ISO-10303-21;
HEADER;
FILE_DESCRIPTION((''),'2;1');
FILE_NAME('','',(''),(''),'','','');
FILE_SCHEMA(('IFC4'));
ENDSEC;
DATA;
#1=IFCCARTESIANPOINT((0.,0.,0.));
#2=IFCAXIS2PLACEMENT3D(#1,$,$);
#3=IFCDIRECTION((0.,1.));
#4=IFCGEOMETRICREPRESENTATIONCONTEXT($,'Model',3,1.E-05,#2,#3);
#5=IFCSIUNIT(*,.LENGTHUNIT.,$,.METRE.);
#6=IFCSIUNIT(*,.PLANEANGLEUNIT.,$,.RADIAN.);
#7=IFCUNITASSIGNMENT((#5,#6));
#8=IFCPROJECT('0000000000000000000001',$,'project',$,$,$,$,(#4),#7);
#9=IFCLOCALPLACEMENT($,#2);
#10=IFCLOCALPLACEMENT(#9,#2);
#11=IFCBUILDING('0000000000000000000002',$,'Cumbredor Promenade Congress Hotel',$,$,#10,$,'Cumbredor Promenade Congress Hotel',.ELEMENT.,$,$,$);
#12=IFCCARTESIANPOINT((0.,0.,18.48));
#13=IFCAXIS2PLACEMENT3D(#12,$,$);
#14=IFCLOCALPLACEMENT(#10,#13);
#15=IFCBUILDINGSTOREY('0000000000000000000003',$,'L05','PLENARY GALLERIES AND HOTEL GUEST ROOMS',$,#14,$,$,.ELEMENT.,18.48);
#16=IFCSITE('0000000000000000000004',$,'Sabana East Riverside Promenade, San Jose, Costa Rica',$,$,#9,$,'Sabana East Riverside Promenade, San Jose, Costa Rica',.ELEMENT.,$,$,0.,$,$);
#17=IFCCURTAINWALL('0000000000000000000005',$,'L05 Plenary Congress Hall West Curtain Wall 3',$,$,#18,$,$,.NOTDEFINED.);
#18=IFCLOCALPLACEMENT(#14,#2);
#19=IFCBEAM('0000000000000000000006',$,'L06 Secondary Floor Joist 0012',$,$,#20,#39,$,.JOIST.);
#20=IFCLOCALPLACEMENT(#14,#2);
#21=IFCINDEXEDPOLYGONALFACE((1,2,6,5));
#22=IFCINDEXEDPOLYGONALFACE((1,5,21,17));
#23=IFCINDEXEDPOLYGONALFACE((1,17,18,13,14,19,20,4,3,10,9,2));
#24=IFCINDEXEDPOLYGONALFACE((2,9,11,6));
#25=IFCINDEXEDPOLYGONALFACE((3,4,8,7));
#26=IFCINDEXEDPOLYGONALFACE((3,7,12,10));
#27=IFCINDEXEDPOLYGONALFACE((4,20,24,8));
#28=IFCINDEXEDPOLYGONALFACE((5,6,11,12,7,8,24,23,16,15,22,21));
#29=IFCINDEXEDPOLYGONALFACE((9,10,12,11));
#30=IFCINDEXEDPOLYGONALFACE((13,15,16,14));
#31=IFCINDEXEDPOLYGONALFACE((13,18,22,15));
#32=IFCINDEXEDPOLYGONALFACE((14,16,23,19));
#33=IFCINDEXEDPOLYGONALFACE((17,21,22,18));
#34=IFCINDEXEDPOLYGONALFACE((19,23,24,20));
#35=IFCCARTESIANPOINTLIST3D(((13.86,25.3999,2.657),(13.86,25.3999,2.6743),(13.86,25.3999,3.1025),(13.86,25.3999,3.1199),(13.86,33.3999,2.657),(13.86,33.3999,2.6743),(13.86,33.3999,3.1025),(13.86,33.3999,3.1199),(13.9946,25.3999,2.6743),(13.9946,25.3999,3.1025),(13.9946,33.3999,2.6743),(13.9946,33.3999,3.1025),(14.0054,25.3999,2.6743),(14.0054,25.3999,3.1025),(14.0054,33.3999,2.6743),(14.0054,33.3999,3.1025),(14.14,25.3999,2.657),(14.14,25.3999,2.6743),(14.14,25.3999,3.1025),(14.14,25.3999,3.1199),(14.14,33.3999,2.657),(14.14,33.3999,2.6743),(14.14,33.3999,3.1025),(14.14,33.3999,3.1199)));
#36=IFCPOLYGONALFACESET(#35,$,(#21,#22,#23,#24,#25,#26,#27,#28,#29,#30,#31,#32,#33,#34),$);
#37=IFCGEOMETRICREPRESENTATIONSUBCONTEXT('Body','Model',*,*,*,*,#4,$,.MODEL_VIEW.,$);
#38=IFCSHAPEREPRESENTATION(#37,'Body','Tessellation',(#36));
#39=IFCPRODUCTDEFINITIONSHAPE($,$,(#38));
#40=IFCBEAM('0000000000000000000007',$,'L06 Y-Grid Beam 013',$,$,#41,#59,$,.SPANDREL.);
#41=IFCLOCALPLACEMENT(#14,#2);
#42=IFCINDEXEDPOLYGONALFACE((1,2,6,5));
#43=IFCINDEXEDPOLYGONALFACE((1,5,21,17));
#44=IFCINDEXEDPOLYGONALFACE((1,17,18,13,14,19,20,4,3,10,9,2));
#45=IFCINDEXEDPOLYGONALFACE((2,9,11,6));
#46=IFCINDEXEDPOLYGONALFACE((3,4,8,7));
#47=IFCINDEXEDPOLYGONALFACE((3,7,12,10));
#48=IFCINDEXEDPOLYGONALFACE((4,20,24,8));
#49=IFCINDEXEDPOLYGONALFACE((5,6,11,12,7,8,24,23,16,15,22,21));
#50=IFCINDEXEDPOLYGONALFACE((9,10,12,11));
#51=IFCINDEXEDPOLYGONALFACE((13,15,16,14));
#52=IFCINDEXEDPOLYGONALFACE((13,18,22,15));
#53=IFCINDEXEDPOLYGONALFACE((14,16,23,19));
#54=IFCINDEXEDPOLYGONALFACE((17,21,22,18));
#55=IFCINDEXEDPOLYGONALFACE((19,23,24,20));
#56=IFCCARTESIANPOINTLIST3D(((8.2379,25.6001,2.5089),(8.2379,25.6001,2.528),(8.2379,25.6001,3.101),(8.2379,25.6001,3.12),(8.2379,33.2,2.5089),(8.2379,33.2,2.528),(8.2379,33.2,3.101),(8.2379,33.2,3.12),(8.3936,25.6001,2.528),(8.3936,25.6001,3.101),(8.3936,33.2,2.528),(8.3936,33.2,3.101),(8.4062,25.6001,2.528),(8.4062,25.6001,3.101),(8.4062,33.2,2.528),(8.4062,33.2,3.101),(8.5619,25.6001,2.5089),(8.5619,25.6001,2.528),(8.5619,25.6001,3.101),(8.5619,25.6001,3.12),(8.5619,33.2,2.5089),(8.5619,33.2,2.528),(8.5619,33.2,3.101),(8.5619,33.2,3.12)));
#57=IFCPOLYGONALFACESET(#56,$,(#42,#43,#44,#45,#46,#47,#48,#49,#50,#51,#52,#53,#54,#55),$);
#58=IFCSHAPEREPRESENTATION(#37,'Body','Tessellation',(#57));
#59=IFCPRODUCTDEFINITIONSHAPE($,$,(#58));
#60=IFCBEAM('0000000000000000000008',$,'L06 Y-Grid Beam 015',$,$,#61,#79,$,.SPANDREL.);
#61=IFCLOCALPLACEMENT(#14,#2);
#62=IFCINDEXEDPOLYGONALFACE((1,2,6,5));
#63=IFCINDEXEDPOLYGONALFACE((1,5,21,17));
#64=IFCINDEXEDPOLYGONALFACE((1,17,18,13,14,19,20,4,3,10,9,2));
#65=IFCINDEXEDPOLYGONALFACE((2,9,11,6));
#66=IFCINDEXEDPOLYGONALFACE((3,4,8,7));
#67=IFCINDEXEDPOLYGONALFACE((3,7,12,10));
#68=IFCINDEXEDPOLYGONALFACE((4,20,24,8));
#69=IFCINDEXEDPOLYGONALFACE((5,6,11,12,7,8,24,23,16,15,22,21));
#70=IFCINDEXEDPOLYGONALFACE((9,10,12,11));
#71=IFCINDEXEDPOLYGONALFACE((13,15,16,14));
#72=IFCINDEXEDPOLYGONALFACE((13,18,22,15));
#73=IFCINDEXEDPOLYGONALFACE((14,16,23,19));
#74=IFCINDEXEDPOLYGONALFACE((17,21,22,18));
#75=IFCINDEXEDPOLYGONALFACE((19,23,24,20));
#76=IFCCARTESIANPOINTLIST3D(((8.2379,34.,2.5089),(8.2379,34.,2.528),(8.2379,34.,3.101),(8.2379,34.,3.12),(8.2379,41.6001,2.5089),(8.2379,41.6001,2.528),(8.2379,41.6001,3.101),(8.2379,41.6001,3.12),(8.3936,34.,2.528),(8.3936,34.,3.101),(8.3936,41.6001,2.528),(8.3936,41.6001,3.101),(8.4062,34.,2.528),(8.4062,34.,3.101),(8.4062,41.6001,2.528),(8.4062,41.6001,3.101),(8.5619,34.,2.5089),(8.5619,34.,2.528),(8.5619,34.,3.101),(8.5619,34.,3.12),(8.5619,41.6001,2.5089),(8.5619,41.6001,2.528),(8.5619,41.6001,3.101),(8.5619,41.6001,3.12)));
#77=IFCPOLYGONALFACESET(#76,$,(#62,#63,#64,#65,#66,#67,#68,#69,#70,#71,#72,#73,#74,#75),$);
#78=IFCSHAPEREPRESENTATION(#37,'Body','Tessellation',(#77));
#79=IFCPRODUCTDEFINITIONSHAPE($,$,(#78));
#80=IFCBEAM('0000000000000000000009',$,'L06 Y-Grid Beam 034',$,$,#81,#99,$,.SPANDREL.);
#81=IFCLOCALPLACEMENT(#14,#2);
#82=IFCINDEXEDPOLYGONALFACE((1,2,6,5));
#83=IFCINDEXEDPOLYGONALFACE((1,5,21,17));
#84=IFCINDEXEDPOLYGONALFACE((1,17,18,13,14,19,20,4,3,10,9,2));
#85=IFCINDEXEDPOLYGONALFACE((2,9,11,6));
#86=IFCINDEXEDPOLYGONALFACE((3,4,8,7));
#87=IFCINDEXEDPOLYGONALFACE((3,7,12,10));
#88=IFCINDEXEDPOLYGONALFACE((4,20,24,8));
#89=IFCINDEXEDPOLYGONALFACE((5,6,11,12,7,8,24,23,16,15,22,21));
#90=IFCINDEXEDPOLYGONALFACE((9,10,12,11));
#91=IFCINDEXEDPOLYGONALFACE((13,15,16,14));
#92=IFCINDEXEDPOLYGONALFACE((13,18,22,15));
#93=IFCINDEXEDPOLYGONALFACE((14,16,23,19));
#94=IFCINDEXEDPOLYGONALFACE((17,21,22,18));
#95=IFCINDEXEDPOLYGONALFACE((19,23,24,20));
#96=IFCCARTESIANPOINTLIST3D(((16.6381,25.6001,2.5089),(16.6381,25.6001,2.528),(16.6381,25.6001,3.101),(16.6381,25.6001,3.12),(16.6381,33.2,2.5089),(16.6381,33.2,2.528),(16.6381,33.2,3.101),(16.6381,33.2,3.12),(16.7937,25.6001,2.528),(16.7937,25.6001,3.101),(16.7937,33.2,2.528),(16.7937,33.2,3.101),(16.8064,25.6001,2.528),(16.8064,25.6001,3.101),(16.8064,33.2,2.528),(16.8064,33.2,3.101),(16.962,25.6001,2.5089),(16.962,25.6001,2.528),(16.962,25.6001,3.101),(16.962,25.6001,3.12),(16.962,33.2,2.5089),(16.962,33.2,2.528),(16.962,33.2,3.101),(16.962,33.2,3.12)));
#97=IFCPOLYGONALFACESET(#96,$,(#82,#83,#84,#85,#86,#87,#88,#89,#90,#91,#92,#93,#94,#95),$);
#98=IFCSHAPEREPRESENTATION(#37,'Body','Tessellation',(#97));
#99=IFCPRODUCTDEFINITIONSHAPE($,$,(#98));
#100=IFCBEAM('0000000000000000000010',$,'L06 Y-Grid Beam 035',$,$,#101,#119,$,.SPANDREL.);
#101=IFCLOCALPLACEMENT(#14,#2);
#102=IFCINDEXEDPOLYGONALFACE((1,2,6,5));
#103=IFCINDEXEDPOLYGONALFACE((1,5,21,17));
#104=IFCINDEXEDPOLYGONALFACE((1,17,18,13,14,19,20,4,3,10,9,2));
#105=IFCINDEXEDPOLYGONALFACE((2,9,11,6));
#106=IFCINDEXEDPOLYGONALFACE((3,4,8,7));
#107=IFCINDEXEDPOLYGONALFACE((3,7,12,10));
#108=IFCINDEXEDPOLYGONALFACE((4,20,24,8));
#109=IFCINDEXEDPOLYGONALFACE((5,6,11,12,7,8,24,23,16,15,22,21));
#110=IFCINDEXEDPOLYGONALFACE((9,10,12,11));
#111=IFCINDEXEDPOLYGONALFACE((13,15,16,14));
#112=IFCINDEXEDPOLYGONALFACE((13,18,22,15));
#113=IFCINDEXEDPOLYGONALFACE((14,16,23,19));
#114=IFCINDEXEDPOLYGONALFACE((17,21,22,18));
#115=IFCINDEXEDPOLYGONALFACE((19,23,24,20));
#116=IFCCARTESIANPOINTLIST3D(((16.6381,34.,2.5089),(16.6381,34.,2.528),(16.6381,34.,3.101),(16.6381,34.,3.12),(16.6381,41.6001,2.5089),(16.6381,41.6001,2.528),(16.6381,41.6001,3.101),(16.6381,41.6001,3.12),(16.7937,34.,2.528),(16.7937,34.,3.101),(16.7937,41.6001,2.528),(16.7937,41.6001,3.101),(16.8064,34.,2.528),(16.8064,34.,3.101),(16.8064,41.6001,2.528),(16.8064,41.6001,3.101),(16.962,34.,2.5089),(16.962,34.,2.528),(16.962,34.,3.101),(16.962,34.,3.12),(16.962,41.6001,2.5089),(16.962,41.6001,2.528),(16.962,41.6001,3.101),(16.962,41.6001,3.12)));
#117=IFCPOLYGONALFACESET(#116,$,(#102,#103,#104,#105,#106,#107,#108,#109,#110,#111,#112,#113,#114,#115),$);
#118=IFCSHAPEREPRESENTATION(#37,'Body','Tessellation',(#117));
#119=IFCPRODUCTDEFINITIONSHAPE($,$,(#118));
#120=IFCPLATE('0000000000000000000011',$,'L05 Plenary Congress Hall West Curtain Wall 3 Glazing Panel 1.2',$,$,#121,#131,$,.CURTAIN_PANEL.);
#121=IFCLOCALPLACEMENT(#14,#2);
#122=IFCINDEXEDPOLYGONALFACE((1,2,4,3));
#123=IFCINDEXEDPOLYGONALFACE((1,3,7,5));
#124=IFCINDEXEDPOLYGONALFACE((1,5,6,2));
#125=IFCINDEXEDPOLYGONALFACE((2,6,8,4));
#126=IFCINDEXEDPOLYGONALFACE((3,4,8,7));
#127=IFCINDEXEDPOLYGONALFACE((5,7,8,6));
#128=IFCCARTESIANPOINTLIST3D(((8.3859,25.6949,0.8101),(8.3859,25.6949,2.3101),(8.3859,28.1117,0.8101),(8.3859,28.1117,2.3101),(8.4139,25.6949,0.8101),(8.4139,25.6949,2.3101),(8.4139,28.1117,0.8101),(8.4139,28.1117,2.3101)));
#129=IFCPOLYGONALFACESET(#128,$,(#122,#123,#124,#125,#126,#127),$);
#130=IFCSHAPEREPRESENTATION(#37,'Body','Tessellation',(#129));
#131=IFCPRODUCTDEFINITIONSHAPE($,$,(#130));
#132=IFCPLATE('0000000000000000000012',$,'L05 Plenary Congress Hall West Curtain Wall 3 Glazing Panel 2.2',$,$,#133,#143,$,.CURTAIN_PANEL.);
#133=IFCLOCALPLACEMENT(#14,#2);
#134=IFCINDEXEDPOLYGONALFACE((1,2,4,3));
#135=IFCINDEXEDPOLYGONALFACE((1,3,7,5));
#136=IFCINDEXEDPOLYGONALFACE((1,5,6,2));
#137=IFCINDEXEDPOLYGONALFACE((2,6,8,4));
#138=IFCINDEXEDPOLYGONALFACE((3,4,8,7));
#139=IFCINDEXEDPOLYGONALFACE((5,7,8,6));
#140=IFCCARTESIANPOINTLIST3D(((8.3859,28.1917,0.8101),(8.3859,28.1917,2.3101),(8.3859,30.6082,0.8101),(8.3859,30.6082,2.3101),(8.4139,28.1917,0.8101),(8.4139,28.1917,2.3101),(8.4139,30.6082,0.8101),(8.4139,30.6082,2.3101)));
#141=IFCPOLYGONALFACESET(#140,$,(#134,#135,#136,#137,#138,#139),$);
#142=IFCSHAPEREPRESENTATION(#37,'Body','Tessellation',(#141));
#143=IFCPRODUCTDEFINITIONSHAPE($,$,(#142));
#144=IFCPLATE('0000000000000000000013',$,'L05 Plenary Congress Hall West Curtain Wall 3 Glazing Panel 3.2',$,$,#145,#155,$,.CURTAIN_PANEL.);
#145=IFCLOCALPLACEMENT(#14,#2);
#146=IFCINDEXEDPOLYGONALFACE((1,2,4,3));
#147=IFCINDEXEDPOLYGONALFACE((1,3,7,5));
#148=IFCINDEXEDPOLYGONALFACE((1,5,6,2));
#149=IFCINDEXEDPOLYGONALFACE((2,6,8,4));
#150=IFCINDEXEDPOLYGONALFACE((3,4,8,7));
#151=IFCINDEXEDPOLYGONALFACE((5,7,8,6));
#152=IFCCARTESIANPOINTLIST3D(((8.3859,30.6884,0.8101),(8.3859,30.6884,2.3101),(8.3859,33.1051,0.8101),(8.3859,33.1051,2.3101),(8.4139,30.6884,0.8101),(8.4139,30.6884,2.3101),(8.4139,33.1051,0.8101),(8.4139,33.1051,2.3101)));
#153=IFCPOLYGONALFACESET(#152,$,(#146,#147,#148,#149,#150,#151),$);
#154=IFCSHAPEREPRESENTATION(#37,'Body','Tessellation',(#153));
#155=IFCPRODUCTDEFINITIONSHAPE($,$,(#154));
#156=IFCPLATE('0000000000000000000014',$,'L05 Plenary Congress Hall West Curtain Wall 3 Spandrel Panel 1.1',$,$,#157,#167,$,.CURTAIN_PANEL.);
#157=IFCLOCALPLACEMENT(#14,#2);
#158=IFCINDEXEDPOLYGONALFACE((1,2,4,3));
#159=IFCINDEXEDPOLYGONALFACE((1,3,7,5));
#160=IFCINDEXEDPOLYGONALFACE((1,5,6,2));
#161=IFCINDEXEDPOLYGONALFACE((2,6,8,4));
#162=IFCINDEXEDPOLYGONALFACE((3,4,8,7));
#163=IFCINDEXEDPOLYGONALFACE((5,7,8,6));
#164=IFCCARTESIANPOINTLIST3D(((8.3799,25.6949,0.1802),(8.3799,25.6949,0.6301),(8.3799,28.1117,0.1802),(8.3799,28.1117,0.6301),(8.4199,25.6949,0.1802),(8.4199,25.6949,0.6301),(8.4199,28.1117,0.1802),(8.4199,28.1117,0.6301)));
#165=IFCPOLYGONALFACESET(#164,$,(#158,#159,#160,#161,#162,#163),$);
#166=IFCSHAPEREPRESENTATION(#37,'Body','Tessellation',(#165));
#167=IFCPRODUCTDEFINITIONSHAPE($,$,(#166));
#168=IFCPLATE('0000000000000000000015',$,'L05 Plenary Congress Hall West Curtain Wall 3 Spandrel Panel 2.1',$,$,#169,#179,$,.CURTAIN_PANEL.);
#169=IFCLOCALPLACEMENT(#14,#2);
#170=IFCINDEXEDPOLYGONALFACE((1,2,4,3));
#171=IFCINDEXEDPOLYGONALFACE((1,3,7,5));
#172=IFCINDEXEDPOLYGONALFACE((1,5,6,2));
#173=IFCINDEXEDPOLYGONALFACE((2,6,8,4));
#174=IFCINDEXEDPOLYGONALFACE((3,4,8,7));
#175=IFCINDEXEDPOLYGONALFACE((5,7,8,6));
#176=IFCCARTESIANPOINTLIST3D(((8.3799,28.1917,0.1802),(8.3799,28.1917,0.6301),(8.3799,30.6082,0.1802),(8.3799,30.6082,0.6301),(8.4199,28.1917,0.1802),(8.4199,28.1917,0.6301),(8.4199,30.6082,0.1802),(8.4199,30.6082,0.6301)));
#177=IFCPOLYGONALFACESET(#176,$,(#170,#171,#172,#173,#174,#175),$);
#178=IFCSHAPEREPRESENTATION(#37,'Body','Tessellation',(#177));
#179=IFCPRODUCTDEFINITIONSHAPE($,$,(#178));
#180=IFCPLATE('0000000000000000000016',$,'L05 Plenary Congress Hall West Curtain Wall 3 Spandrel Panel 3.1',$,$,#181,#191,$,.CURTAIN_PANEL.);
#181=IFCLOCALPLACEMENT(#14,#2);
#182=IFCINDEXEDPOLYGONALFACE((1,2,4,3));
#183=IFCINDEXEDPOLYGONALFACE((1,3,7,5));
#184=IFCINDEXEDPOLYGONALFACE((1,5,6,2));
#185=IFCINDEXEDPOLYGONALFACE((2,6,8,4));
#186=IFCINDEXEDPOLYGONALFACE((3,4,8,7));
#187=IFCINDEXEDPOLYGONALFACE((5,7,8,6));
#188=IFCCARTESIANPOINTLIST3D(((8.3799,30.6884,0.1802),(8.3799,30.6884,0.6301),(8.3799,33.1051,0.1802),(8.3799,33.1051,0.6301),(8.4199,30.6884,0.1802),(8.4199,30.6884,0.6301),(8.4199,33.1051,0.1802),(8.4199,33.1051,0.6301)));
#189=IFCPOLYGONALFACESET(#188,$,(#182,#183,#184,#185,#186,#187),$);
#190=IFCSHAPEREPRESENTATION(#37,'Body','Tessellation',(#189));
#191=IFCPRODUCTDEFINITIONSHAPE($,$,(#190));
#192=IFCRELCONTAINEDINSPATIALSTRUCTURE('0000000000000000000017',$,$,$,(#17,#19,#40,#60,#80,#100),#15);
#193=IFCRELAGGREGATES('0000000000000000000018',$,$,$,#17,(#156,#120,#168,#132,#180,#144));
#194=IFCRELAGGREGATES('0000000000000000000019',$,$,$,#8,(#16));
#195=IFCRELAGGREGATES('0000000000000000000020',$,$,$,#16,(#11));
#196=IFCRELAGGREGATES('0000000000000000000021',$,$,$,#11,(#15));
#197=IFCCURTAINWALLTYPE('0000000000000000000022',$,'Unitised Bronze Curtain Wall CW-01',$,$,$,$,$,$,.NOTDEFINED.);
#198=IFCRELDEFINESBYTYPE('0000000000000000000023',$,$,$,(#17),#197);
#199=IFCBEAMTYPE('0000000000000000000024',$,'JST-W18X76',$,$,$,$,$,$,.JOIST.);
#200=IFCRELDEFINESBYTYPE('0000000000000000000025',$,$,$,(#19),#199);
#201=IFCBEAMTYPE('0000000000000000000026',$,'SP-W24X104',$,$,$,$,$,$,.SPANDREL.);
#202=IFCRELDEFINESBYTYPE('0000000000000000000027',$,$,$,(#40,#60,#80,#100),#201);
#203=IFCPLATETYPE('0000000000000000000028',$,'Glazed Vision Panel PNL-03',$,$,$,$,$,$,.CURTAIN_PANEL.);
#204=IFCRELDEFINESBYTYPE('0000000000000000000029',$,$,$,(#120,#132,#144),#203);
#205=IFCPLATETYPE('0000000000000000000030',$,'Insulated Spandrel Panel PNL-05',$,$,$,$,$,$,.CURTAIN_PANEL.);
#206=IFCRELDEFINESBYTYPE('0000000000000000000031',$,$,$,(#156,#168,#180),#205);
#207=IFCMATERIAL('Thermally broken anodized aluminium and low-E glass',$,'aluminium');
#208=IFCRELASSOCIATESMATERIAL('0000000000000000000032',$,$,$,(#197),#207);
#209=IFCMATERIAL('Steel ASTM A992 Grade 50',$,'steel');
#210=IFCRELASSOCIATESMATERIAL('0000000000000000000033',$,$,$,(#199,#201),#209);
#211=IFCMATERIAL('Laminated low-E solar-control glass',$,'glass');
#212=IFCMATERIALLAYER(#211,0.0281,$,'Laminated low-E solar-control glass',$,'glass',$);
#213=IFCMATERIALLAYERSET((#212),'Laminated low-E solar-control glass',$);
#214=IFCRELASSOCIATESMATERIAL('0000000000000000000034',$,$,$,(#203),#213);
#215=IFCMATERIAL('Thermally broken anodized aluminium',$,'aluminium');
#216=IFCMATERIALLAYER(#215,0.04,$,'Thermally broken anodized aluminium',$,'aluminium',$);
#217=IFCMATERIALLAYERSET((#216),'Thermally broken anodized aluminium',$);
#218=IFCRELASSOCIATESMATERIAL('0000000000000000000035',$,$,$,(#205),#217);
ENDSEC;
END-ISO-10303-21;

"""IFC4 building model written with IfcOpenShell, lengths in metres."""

from ifc_helpers import new_model, si_unit, direction, frame, origin, origin_2d, place, context, subcontext, project, spatial, rectangle, i_section, extrude, material, layer, layer_set, material_profile, profile_set, type_object, element, aggregate, save


model = new_model("IFC4")

# Units and contexts
model_context = context("Model", 3, precision=1e-05, world=origin(), true_north=direction((0.0, 1.0)))
body_context = subcontext(model_context, "Body", "Model", "MODEL_VIEW")
ifc_project = project(units=[si_unit("LENGTHUNIT", "METRE"), si_unit("PLANEANGLEUNIT", "RADIAN")], contexts=[model_context])

# Site, building, storey
site_placement = place(None, origin())
site = spatial("IfcSite", under=ifc_project, at=site_placement, Name="Sabana East Riverside Promenade, San Jose, Costa Rica", LongName="Sabana East Riverside Promenade, San Jose, Costa Rica", CompositionType="ELEMENT", RefElevation=0.0)
building_placement = place(site_placement, origin())
building = spatial("IfcBuilding", under=site, at=building_placement, Name="Cumbredor Promenade Congress Hotel", LongName="Cumbredor Promenade Congress Hotel", CompositionType="ELEMENT")
storey_placement = place(building_placement, frame((0.0, 0.0, 18.48)))
storey = spatial("IfcBuildingStorey", under=building, at=storey_placement, Name="L05", Description="PLENARY GALLERIES AND HOTEL GUEST ROOMS", CompositionType="ELEMENT", Elevation=18.48)

# Shared definitions
ifc_material_1 = material(Name="Thermally broken anodized aluminium and low-E glass", Category="aluminium")
curtain_wall_type = type_object("IfcCurtainWallType", Name="Unitised Bronze Curtain Wall CW-01", PredefinedType="NOTDEFINED", material=ifc_material_1)
ifc_material_2 = material(Name="Thermally broken anodized aluminium", Category="aluminium")

# Curtain wall
curtain_wall_1_placement = place(storey_placement, origin())
curtain_wall_1 = element("IfcCurtainWall", 1, at=curtain_wall_1_placement, inside=storey, type_object=curtain_wall_type, Name="L05 Plenary Congress Hall West Curtain Wall 3", PredefinedType="NOTDEFINED")

# Beams
ifc_material_3 = material(Name="Steel ASTM A992 Grade 50", Category="steel")
ifc_material_profile_1 = material_profile(ifc_material_3, i_section(OverallWidth=0.28, OverallDepth=0.4629, WebThickness=0.0107, FlangeThickness=0.0173, at=origin_2d()), Name="W18X76")
ifc_profile_set_1 = profile_set([ifc_material_profile_1], Name="Steel ASTM A992 Grade 50")
beam_type_1 = type_object("IfcBeamType", Name="JST-W18X76", PredefinedType="JOIST", material=ifc_profile_set_1)
for number, where, z_axis, x_axis, name in (
    (2, (14.0, 25.3999, 2.8884), (0.0, 1.0, 0.0), (-1.0, 0.0, 0.0), "L06 Secondary Floor Joist 0012"),
):
    element("IfcBeam", number, at=place(storey_placement, frame(where, z_axis=z_axis, x_axis=x_axis)), inside=storey, type_object=beam_type_1, Name=name, PredefinedType="JOIST", context=body_context, shape_type="SweptSolid", body=[
        extrude(i_section(OverallWidth=0.28, OverallDepth=0.4629, WebThickness=0.0107, FlangeThickness=0.0173, at=origin_2d()), origin(), (0.0, 0.0, 1.0), 8.0),
    ])
ifc_material_profile_2 = material_profile(ifc_material_3, i_section(OverallWidth=0.324, OverallDepth=0.6111, WebThickness=0.0127, FlangeThickness=0.019, at=origin_2d()), Name="W24X104")
ifc_profile_set_2 = profile_set([ifc_material_profile_2], Name="Steel ASTM A992 Grade 50")
beam_type_2 = type_object("IfcBeamType", Name="SP-W24X104", PredefinedType="SPANDREL", material=ifc_profile_set_2)
beam_1_placement = place(storey_placement, frame((8.3999, 25.6001, 2.8145), z_axis=(0.0, 1.0, 0.0), x_axis=(-1.0, 0.0, 0.0)))
element("IfcBeam", 3, at=beam_1_placement, inside=storey, type_object=beam_type_2, Name="L06 Y-Grid Beam 013", PredefinedType="SPANDREL", context=body_context, shape_type="SweptSolid", body=[
    extrude(i_section(OverallWidth=0.324, OverallDepth=0.6111, WebThickness=0.0127, FlangeThickness=0.019, at=origin_2d()), origin(), (0.0, 0.0, 1.0), 7.5999),
])
beam_2_placement = place(storey_placement, frame((8.3999, 34.0, 2.8145), z_axis=(0.0, 1.0, 0.0), x_axis=(-1.0, 0.0, 0.0)))
element("IfcBeam", 4, at=beam_2_placement, inside=storey, type_object=beam_type_2, Name="L06 Y-Grid Beam 015", PredefinedType="SPANDREL", context=body_context, shape_type="SweptSolid", body=[
    extrude(i_section(OverallWidth=0.324, OverallDepth=0.6111, WebThickness=0.0127, FlangeThickness=0.019, at=origin_2d()), origin(), (0.0, 0.0, 1.0), 7.6001),
])
beam_3_placement = place(storey_placement, frame((16.8, 25.6001, 2.8145), z_axis=(0.0, 1.0, 0.0), x_axis=(-1.0, 0.0, 0.0)))
element("IfcBeam", 5, at=beam_3_placement, inside=storey, type_object=beam_type_2, Name="L06 Y-Grid Beam 034", PredefinedType="SPANDREL", context=body_context, shape_type="SweptSolid", body=[
    extrude(i_section(OverallWidth=0.324, OverallDepth=0.6111, WebThickness=0.0127, FlangeThickness=0.019, at=origin_2d()), origin(), (0.0, 0.0, 1.0), 7.5999),
])
beam_4_placement = place(storey_placement, frame((16.8, 34.0, 2.8145), z_axis=(0.0, 1.0, 0.0), x_axis=(-1.0, 0.0, 0.0)))
element("IfcBeam", 6, at=beam_4_placement, inside=storey, type_object=beam_type_2, Name="L06 Y-Grid Beam 035", PredefinedType="SPANDREL", context=body_context, shape_type="SweptSolid", body=[
    extrude(i_section(OverallWidth=0.324, OverallDepth=0.6111, WebThickness=0.0127, FlangeThickness=0.019, at=origin_2d()), origin(), (0.0, 0.0, 1.0), 7.6001),
])

# Plates
ifc_material_4 = material(Name="Laminated low-E solar-control glass", Category="glass")
ifc_layer_1 = layer(ifc_material_4, 0.0281, Name="Laminated low-E solar-control glass", Category="glass")
ifc_layer_set_1 = layer_set([ifc_layer_1], Name="Laminated low-E solar-control glass")
plate_type_1 = type_object("IfcPlateType", Name="Glazed Vision Panel PNL-03", PredefinedType="CURTAIN_PANEL", material=ifc_layer_set_1)
plate_1_placement = place(storey_placement, frame((8.3999, 26.9033, 0.8101), z_axis=(0.0, 0.0, 1.0), x_axis=(0.0, 1.0, 0.0)))
plate_1 = element("IfcPlate", 7, at=plate_1_placement, type_object=plate_type_1, Name="L05 Plenary Congress Hall West Curtain Wall 3 Glazing Panel 1.2", PredefinedType="CURTAIN_PANEL", context=body_context, shape_type="SweptSolid", body=[
    extrude(rectangle(XDim=2.4167, YDim=0.0281, at=origin_2d()), origin(), (0.0, 0.0, 1.0), 1.5),
])
plate_2_placement = place(storey_placement, frame((8.3999, 29.3999, 0.8101), z_axis=(0.0, 0.0, 1.0), x_axis=(0.0, 1.0, 0.0)))
plate_2 = element("IfcPlate", 8, at=plate_2_placement, type_object=plate_type_1, Name="L05 Plenary Congress Hall West Curtain Wall 3 Glazing Panel 2.2", PredefinedType="CURTAIN_PANEL", context=body_context, shape_type="SweptSolid", body=[
    extrude(rectangle(XDim=2.4165, YDim=0.0281, at=origin_2d()), origin(), (0.0, 0.0, 1.0), 1.5),
])
plate_3_placement = place(storey_placement, frame((8.3999, 31.8967, 0.8101), z_axis=(0.0, 0.0, 1.0), x_axis=(0.0, 1.0, 0.0)))
plate_3 = element("IfcPlate", 9, at=plate_3_placement, type_object=plate_type_1, Name="L05 Plenary Congress Hall West Curtain Wall 3 Glazing Panel 3.2", PredefinedType="CURTAIN_PANEL", context=body_context, shape_type="SweptSolid", body=[
    extrude(rectangle(XDim=2.4167, YDim=0.0281, at=origin_2d()), origin(), (0.0, 0.0, 1.0), 1.5),
])
ifc_layer_2 = layer(ifc_material_2, 0.04, Name="Thermally broken anodized aluminium", Category="aluminium")
ifc_layer_set_2 = layer_set([ifc_layer_2], Name="Thermally broken anodized aluminium")
plate_type_2 = type_object("IfcPlateType", Name="Insulated Spandrel Panel PNL-05", PredefinedType="CURTAIN_PANEL", material=ifc_layer_set_2)
plate_4_placement = place(storey_placement, frame((8.3999, 26.9033, 0.1802), z_axis=(0.0, 0.0, 1.0), x_axis=(0.0, 1.0, 0.0)))
plate_4 = element("IfcPlate", 10, at=plate_4_placement, type_object=plate_type_2, Name="L05 Plenary Congress Hall West Curtain Wall 3 Spandrel Panel 1.1", PredefinedType="CURTAIN_PANEL", context=body_context, shape_type="SweptSolid", body=[
    extrude(rectangle(XDim=2.4167, YDim=0.04, at=origin_2d()), origin(), (0.0, 0.0, 1.0), 0.45),
])
plate_5_placement = place(storey_placement, frame((8.3999, 29.3999, 0.1802), z_axis=(0.0, 0.0, 1.0), x_axis=(0.0, 1.0, 0.0)))
plate_5 = element("IfcPlate", 11, at=plate_5_placement, type_object=plate_type_2, Name="L05 Plenary Congress Hall West Curtain Wall 3 Spandrel Panel 2.1", PredefinedType="CURTAIN_PANEL", context=body_context, shape_type="SweptSolid", body=[
    extrude(rectangle(XDim=2.4165, YDim=0.04, at=origin_2d()), origin(), (0.0, 0.0, 1.0), 0.45),
])
plate_6_placement = place(storey_placement, frame((8.3999, 31.8967, 0.1802), z_axis=(0.0, 0.0, 1.0), x_axis=(0.0, 1.0, 0.0)))
plate_6 = element("IfcPlate", 12, at=plate_6_placement, type_object=plate_type_2, Name="L05 Plenary Congress Hall West Curtain Wall 3 Spandrel Panel 3.1", PredefinedType="CURTAIN_PANEL", context=body_context, shape_type="SweptSolid", body=[
    extrude(rectangle(XDim=2.4167, YDim=0.04, at=origin_2d()), origin(), (0.0, 0.0, 1.0), 0.45),
])
aggregate(curtain_wall_1, [plate_4, plate_1, plate_5, plate_2, plate_6, plate_3])

save(model, "model.ifc")
